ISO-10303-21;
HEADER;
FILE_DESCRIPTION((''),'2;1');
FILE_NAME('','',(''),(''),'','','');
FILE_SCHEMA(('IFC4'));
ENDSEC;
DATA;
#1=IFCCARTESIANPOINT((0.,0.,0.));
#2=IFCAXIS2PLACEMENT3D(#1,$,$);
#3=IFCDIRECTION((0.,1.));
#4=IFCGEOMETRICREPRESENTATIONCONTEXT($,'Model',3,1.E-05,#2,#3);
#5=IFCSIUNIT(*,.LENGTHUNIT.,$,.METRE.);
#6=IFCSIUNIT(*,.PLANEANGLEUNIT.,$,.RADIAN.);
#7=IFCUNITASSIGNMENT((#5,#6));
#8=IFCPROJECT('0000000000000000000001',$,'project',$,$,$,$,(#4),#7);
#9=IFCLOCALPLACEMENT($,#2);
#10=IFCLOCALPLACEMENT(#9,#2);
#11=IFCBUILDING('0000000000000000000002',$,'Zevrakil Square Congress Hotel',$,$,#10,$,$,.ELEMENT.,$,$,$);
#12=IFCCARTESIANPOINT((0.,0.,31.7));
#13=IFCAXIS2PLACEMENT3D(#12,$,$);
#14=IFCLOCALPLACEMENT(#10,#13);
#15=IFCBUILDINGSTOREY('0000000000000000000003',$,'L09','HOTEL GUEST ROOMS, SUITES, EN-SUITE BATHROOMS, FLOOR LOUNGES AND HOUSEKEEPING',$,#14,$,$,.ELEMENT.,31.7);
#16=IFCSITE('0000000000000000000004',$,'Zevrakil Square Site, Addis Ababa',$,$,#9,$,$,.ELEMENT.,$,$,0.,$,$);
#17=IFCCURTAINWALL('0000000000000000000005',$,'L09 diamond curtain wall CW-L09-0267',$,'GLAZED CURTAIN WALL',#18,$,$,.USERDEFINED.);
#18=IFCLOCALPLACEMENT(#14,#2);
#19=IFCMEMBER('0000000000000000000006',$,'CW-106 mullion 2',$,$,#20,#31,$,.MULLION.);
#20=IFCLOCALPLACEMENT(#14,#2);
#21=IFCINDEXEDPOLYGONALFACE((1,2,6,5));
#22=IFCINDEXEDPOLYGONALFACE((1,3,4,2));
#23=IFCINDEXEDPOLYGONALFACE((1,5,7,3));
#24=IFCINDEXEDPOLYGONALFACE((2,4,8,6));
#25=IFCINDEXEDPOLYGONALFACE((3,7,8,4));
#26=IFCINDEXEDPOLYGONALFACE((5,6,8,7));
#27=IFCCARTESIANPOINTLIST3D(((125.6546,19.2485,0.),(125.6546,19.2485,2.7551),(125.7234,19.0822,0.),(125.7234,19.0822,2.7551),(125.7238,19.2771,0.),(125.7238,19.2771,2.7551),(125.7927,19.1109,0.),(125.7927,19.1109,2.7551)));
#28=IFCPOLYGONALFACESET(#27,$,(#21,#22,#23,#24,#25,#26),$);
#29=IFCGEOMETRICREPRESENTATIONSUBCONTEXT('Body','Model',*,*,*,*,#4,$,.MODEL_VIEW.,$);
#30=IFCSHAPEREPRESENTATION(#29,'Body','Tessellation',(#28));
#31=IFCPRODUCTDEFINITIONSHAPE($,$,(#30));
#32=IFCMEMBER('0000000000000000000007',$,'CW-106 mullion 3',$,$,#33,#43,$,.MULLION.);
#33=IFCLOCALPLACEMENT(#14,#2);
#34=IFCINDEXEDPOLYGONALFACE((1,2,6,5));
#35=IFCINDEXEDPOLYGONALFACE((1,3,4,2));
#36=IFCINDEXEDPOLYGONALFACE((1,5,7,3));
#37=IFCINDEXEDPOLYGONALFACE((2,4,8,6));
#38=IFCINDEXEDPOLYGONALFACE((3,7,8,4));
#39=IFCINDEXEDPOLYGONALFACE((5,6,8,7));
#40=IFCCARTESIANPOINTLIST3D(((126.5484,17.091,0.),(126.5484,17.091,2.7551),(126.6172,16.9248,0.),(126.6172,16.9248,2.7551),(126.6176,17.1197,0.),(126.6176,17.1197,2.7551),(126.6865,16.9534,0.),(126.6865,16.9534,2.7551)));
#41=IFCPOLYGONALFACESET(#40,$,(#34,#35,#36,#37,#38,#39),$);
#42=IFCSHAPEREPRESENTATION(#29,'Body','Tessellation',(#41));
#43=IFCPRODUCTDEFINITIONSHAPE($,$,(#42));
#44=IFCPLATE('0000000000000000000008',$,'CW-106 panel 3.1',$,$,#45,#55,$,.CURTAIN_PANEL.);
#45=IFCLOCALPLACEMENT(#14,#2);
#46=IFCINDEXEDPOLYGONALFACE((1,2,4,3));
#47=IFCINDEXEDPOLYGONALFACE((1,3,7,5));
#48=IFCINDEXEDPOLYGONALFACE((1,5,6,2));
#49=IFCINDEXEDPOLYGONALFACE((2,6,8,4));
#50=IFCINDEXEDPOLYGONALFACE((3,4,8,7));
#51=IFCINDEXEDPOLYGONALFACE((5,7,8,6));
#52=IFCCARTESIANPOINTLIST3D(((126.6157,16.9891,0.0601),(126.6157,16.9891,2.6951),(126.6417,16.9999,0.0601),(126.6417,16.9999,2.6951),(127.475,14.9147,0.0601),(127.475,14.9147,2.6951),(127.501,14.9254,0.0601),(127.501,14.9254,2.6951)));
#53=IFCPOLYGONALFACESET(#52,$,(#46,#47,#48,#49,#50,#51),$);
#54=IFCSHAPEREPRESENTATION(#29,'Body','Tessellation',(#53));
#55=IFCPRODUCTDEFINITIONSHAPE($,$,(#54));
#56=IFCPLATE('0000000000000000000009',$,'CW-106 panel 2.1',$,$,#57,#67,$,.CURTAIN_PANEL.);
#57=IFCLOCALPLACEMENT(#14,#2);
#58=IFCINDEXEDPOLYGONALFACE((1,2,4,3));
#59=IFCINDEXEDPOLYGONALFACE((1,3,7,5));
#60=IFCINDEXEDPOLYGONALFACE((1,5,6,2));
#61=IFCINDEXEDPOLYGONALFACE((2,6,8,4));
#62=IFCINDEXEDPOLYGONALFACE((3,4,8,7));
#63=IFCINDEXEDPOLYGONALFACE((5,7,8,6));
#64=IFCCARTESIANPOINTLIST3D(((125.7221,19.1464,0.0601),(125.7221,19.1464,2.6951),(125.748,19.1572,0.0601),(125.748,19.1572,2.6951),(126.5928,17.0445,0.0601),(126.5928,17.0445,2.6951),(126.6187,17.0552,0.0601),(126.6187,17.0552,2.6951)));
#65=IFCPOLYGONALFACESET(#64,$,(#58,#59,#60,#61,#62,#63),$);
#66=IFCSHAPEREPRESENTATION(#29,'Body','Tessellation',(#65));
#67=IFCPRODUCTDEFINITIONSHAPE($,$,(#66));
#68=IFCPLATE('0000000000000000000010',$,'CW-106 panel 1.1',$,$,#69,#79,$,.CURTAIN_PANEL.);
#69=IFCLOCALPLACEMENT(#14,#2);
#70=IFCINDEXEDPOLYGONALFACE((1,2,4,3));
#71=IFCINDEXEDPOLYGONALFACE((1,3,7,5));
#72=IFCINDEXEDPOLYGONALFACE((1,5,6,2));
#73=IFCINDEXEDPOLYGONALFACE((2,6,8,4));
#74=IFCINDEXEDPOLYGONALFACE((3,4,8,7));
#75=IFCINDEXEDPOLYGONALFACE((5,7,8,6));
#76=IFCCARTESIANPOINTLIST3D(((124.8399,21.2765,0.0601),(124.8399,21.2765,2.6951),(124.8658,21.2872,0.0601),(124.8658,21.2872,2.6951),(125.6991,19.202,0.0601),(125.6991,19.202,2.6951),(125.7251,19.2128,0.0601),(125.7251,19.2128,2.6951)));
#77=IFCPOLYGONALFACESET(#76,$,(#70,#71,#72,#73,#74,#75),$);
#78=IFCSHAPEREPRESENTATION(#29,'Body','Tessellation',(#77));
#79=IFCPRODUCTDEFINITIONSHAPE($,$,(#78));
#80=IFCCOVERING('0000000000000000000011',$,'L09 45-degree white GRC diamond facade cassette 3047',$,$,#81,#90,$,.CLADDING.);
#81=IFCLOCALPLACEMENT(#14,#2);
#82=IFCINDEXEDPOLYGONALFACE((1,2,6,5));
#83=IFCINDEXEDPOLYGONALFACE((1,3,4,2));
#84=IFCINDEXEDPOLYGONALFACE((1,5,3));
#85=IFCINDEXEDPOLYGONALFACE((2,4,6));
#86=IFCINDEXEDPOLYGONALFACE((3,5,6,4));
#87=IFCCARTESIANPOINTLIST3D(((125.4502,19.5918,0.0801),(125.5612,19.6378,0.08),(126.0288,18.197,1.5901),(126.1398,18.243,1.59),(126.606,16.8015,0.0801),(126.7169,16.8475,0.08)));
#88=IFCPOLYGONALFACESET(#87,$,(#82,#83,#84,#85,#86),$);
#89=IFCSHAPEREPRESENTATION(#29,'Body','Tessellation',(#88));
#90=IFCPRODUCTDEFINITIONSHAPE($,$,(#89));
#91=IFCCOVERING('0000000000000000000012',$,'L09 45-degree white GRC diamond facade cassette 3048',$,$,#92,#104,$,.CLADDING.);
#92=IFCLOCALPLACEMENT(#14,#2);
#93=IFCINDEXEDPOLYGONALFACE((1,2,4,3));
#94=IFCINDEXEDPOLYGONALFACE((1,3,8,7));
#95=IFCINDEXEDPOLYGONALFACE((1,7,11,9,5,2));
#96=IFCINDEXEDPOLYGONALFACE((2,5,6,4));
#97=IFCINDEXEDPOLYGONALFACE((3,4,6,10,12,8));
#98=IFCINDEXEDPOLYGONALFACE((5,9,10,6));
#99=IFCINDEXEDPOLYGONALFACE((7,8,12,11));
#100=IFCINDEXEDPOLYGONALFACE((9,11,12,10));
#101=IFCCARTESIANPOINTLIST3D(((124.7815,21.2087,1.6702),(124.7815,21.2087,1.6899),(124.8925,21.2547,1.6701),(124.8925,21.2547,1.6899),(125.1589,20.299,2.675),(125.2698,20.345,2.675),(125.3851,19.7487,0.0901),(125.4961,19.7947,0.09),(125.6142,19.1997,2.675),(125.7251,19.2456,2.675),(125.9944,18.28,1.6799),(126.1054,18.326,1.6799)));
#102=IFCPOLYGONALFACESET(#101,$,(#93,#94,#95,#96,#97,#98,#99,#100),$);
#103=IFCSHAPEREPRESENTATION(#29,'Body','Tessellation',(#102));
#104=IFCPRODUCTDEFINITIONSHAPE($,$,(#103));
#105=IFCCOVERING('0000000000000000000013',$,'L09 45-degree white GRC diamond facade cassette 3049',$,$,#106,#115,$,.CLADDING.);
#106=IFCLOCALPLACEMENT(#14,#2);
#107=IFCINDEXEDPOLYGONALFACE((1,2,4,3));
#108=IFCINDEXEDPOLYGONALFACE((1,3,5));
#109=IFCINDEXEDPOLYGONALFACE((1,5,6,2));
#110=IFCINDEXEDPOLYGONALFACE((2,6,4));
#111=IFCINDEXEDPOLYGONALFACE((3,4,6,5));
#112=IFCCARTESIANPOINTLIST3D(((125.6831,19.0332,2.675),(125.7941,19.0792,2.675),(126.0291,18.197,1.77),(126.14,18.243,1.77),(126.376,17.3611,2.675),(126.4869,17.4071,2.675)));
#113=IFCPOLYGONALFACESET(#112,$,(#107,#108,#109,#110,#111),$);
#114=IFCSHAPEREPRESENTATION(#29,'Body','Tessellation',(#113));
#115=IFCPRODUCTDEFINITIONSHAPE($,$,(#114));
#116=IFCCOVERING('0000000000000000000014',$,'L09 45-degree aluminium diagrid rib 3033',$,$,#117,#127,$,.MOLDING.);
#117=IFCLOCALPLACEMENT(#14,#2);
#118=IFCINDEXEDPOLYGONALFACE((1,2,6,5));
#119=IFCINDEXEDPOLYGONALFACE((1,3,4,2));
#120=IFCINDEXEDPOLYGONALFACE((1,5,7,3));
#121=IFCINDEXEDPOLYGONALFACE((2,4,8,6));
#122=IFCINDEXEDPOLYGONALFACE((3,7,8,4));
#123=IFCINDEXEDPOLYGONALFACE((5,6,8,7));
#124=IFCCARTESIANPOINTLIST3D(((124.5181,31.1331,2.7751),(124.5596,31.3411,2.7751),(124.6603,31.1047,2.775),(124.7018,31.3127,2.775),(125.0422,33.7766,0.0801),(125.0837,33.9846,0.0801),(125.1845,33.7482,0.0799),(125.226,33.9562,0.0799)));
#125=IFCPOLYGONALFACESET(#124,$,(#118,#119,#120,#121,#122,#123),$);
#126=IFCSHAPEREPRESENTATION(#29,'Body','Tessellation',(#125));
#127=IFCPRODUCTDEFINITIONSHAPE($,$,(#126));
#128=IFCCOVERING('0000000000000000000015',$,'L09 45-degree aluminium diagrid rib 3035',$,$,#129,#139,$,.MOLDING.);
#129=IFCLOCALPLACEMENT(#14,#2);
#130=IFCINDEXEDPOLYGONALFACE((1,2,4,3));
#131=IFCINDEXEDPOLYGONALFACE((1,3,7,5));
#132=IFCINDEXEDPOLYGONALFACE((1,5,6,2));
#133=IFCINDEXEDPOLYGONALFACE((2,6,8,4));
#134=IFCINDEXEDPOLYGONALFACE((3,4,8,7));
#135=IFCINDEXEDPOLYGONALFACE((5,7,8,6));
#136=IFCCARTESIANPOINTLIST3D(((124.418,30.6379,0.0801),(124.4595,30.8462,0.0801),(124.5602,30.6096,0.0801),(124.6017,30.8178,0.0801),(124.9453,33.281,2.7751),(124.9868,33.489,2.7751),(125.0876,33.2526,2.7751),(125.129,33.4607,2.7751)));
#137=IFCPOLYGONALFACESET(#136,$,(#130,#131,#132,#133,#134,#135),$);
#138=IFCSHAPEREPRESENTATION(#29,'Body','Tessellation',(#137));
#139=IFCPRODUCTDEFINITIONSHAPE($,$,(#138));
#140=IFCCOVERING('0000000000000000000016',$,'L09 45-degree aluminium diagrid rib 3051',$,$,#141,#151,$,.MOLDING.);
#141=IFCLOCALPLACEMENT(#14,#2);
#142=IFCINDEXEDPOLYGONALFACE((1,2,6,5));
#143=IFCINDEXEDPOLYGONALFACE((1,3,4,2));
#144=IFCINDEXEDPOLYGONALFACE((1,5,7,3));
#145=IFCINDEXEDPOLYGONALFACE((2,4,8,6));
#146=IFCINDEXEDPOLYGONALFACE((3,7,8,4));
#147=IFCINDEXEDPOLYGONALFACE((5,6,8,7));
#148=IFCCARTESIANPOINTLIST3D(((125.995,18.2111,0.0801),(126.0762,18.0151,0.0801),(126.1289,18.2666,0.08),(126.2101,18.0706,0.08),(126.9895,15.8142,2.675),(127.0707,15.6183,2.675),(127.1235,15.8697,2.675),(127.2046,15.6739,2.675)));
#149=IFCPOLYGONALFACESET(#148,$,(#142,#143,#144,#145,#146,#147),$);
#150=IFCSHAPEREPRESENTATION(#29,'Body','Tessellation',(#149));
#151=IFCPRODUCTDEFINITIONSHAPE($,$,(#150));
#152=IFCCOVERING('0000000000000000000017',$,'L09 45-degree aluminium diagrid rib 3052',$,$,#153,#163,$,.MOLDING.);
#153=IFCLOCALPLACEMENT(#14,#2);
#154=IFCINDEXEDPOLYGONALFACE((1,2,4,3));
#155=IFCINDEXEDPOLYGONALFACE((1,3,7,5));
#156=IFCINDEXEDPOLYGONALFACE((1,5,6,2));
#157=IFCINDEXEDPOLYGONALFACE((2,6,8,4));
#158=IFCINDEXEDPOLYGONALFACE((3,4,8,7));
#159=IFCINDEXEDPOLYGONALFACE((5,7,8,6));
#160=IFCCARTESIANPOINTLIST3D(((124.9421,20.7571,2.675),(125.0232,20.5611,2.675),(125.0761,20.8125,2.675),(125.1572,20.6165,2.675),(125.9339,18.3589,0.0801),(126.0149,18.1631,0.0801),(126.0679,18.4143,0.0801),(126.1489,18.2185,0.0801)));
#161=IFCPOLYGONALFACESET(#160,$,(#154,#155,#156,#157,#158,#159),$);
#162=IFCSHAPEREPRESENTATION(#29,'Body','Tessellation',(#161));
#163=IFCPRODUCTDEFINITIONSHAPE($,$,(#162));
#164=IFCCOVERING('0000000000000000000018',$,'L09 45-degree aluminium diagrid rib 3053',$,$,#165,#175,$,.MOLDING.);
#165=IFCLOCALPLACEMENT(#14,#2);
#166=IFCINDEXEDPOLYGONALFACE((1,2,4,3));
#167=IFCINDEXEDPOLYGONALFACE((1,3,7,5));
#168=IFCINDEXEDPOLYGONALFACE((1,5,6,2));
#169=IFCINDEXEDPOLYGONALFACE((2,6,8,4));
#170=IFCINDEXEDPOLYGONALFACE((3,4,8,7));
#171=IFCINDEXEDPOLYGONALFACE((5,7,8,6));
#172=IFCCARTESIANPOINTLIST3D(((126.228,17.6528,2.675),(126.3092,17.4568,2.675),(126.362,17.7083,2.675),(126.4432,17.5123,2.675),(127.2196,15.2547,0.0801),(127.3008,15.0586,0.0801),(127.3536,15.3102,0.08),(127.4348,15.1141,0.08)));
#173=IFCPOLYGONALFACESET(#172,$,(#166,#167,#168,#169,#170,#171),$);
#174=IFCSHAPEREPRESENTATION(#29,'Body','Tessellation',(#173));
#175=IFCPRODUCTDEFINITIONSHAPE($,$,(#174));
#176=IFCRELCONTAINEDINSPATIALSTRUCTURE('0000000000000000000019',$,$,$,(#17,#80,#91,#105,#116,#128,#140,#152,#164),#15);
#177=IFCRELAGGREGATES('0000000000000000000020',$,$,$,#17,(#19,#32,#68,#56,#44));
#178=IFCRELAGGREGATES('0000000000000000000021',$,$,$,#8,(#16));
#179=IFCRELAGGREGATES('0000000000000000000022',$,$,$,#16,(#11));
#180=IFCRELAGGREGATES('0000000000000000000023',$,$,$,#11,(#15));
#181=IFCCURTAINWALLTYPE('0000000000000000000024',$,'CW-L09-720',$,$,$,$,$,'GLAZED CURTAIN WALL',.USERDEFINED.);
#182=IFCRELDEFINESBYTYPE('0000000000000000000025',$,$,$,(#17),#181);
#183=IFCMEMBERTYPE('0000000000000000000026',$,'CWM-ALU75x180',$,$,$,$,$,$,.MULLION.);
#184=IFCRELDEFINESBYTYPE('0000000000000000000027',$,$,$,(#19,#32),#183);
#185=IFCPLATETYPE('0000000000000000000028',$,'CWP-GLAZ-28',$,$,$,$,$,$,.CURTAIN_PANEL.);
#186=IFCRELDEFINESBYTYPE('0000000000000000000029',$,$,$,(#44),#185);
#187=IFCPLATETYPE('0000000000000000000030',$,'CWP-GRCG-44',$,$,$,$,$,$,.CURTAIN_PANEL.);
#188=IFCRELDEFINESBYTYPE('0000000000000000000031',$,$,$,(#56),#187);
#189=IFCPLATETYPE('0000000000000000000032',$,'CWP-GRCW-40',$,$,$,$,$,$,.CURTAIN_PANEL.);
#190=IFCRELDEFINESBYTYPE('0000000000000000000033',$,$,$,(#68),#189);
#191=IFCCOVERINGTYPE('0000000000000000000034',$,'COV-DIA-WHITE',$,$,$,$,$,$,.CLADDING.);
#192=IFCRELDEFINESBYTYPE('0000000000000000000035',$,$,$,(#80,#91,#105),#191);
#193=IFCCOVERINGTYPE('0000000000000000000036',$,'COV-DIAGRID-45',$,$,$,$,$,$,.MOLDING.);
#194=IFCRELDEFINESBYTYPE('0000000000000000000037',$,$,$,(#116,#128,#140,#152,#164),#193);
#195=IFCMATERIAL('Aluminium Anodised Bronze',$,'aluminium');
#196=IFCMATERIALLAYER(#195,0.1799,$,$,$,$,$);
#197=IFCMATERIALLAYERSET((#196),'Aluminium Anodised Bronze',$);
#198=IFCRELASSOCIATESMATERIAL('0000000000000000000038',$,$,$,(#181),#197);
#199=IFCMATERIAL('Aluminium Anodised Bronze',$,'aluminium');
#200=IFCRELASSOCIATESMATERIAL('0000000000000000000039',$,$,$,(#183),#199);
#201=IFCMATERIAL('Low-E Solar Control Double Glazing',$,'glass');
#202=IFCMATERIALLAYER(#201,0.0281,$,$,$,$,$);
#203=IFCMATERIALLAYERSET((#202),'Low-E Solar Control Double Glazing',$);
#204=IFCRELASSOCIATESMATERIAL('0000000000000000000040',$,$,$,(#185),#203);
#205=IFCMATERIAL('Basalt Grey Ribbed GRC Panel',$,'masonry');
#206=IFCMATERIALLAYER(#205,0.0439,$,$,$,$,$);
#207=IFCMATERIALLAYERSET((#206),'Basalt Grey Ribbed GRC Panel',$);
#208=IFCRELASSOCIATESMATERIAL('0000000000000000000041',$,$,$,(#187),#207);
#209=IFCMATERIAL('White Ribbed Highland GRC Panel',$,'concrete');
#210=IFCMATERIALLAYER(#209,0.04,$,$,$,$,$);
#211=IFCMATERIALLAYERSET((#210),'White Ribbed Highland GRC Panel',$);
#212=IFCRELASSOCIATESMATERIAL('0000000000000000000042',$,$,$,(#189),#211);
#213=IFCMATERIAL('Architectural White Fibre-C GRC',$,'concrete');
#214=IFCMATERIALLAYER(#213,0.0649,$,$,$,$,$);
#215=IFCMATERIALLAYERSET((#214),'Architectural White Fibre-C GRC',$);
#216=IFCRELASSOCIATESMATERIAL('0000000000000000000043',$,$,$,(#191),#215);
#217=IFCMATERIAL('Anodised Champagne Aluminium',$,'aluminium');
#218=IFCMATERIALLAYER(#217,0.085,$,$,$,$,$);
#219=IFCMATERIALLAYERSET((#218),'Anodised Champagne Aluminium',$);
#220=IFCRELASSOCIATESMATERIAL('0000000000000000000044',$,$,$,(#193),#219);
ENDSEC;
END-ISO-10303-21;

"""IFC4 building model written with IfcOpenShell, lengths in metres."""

from ifc_helpers import new_model, si_unit, direction, frame, origin, origin_2d, place, context, subcontext, project, spatial, polyline, rectangle, outline, extrude, material, layer, layer_set, material_profile, profile_set, type_object, element, aggregate, save


model = new_model("IFC4")

# Units and contexts
model_context = context("Model", 3, precision=1e-05, world=origin(), true_north=direction((0.0, 1.0)))
body_context = subcontext(model_context, "Body", "Model", "MODEL_VIEW")
ifc_project = project(units=[si_unit("LENGTHUNIT", "METRE"), si_unit("PLANEANGLEUNIT", "RADIAN")], contexts=[model_context])

# Site, building, storey
site_placement = place(None, origin())
site = spatial("IfcSite", under=ifc_project, at=site_placement, Name="Zevrakil Square Site, Addis Ababa", CompositionType="ELEMENT", RefElevation=0.0)
building_placement = place(site_placement, origin())
building = spatial("IfcBuilding", under=site, at=building_placement, Name="Zevrakil Square Congress Hotel", CompositionType="ELEMENT")
storey_placement = place(building_placement, frame((0.0, 0.0, 31.7)))
storey = spatial("IfcBuildingStorey", under=building, at=storey_placement, Name="L09", Description="HOTEL GUEST ROOMS, SUITES, EN-SUITE BATHROOMS, FLOOR LOUNGES AND HOUSEKEEPING", CompositionType="ELEMENT", Elevation=31.7)

# Curtain wall
ifc_material_1 = material(Name="Aluminium Anodised Bronze", Category="aluminium")
ifc_layer_1 = layer(ifc_material_1, 0.1799)
ifc_layer_set_1 = layer_set([ifc_layer_1], Name="Aluminium Anodised Bronze")
curtain_wall_type = type_object("IfcCurtainWallType", Name="CW-L09-720", ElementType="GLAZED CURTAIN WALL", PredefinedType="USERDEFINED", material=ifc_layer_set_1)
curtain_wall_1_placement = place(storey_placement, origin())
curtain_wall_1 = element("IfcCurtainWall", 1, at=curtain_wall_1_placement, inside=storey, type_object=curtain_wall_type, Name="L09 diamond curtain wall CW-L09-0267", ObjectType="GLAZED CURTAIN WALL", PredefinedType="USERDEFINED")

# Members
ifc_material_2 = material(Name="Aluminium Anodised Bronze", Category="aluminium")
ifc_material_profile_1 = material_profile(ifc_material_2, rectangle(XDim=0.075, YDim=0.1799, at=origin_2d()), Name="ALU 75x180")
ifc_profile_set_1 = profile_set([ifc_material_profile_1], Name="Aluminium Anodised Bronze")
member_type_1 = type_object("IfcMemberType", Name="CWM-ALU75x180", PredefinedType="MULLION", material=ifc_profile_set_1)
member_1_placement = place(storey_placement, frame((125.7236, 19.1797, 0.0), z_axis=(0.0, 0.0, 1.0), x_axis=(0.923879, 0.382684, 0.0)))
member_1 = element("IfcMember", 2, at=member_1_placement, type_object=member_type_1, Name="CW-106 mullion 2", PredefinedType="MULLION", context=body_context, shape_type="SweptSolid", body=[
    extrude(rectangle(XDim=0.075, YDim=0.1799, at=origin_2d()), origin(), (0.0, 0.0, 1.0), 2.7551),
])
member_2_placement = place(storey_placement, frame((126.6174, 17.0222, 0.0), z_axis=(0.0, 0.0, 1.0), x_axis=(0.923879, 0.382684, 0.0)))
member_2 = element("IfcMember", 3, at=member_2_placement, type_object=member_type_1, Name="CW-106 mullion 3", PredefinedType="MULLION", context=body_context, shape_type="SweptSolid", body=[
    extrude(rectangle(XDim=0.075, YDim=0.1799, at=origin_2d()), origin(), (0.0, 0.0, 1.0), 2.7551),
])

# Plates
ifc_material_3 = material(Name="Low-E Solar Control Double Glazing", Category="glass")
ifc_layer_2 = layer(ifc_material_3, 0.0281)
ifc_layer_set_2 = layer_set([ifc_layer_2], Name="Low-E Solar Control Double Glazing")
plate_type_1 = type_object("IfcPlateType", Name="CWP-GLAZ-28", PredefinedType="CURTAIN_PANEL", material=ifc_layer_set_2)
plate_1_placement = place(storey_placement, frame((127.0583, 15.9573, 0.0601), z_axis=(0.0, 0.0, 1.0), x_axis=(0.382684, -0.923879, 0.0)))
plate_1 = element("IfcPlate", 4, at=plate_1_placement, type_object=plate_type_1, Name="CW-106 panel 3.1", PredefinedType="CURTAIN_PANEL", context=body_context, shape_type="SweptSolid", body=[
    extrude(rectangle(XDim=2.2454, YDim=0.0281, at=origin_2d()), origin(), (0.0, 0.0, 1.0), 2.635),
])
ifc_material_4 = material(Name="Basalt Grey Ribbed GRC Panel", Category="masonry")
ifc_layer_3 = layer(ifc_material_4, 0.0439)
ifc_layer_set_3 = layer_set([ifc_layer_3], Name="Basalt Grey Ribbed GRC Panel")
plate_type_2 = type_object("IfcPlateType", Name="CWP-GRCG-44", PredefinedType="CURTAIN_PANEL", material=ifc_layer_set_3)
plate_2_placement = place(storey_placement, frame((126.1704, 18.1008, 0.0601), z_axis=(0.0, 0.0, 1.0), x_axis=(0.382684, -0.923879, 0.0)))
plate_2 = element("IfcPlate", 5, at=plate_2_placement, type_object=plate_type_2, Name="CW-106 panel 2.1", PredefinedType="CURTAIN_PANEL", context=body_context, shape_type="SweptSolid", body=[
    extrude(rectangle(XDim=2.2751, YDim=0.0281, at=origin_2d()), origin(), (0.0, 0.0, 1.0), 2.635),
])
ifc_material_5 = material(Name="White Ribbed Highland GRC Panel", Category="concrete")
ifc_layer_4 = layer(ifc_material_5, 0.04)
ifc_layer_set_4 = layer_set([ifc_layer_4], Name="White Ribbed Highland GRC Panel")
plate_type_3 = type_object("IfcPlateType", Name="CWP-GRCW-40", PredefinedType="CURTAIN_PANEL", material=ifc_layer_set_4)
plate_3_placement = place(storey_placement, frame((125.2825, 20.2446, 0.0601), z_axis=(0.0, 0.0, 1.0), x_axis=(0.382684, -0.923879, 0.0)))
plate_3 = element("IfcPlate", 6, at=plate_3_placement, type_object=plate_type_3, Name="CW-106 panel 1.1", PredefinedType="CURTAIN_PANEL", context=body_context, shape_type="SweptSolid", body=[
    extrude(rectangle(XDim=2.2454, YDim=0.0281, at=origin_2d()), origin(), (0.0, 0.0, 1.0), 2.635),
])
aggregate(curtain_wall_1, [member_1, member_2, plate_3, plate_2, plate_1])

# Coverings
ifc_material_6 = material(Name="Architectural White Fibre-C GRC", Category="concrete")
ifc_layer_5 = layer(ifc_material_6, 0.0649)
ifc_layer_set_5 = layer_set([ifc_layer_5], Name="Architectural White Fibre-C GRC")
covering_type_1 = type_object("IfcCoveringType", Name="COV-DIA-WHITE", PredefinedType="CLADDING", material=ifc_layer_set_5)
covering_1_placement = place(storey_placement, frame((126.0288, 18.197, 1.5901), z_axis=(-0.923881, -0.38268, 0.000541), x_axis=(0.270255, -0.653458, -0.707075)))
element("IfcCovering", 7, at=covering_1_placement, inside=storey, type_object=covering_type_1, Name="L09 45-degree white GRC diamond facade cassette 3047", PredefinedType="CLADDING", context=body_context, shape_type="SweptSolid", body=[
    extrude(outline(polyline([(0.0, 0.0), (2.1356, 0.0), (-0.0001, -2.1355), (0.0, 0.0)])), origin(), (0.0, 0.0, -1.0), 0.1201),
])
covering_2_placement = place(storey_placement, frame((125.9944, 18.28, 1.6799), z_axis=(-0.923903, -0.382627, 0.000582), x_axis=(-0.270956, 0.653183, -0.70706)))
element("IfcCovering", 8, at=covering_2_placement, inside=storey, type_object=covering_type_1, Name="L09 45-degree white GRC diamond facade cassette 3048", PredefinedType="CLADDING", context=body_context, shape_type="SweptSolid", body=[
    extrude(outline(polyline([(0.0, 0.0), (2.2485, 0.0), (2.2485, -2.2344), (2.2345, -2.2484), (0.8416, -2.2487), (0.0001, -1.4073), (0.0, 0.0)])), origin(), (0.0, 0.0, -1.0), 0.1201),
])
covering_3_placement = place(storey_placement, frame((126.0291, 18.197, 1.77), z_axis=(-0.923829, -0.382804, 0.00055), x_axis=(-0.270308, 0.653355, 0.70715)))
element("IfcCovering", 9, at=covering_3_placement, inside=storey, type_object=covering_type_1, Name="L09 45-degree white GRC diamond facade cassette 3049", PredefinedType="CLADDING", context=body_context, shape_type="SweptSolid", body=[
    extrude(outline(polyline([(0.0, 0.0), (1.2798, 0.0), (0.0001, -1.2799), (0.0, 0.0)])), origin(), (0.0, 0.0, -1.0), 0.1201),
])
ifc_material_7 = material(Name="Anodised Champagne Aluminium", Category="aluminium")
ifc_layer_6 = layer(ifc_material_7, 0.085)
ifc_layer_set_6 = layer_set([ifc_layer_6], Name="Anodised Champagne Aluminium")
covering_type_2 = type_object("IfcCoveringType", Name="COV-DIAGRID-45", PredefinedType="MOLDING", material=ifc_layer_set_6)
covering_4_placement = place(storey_placement, frame((125.0422, 33.7766, 0.0801), z_axis=(-0.980668, 0.195673, 0.001201), x_axis=(0.195673, 0.980669, 0.0)))
element("IfcCovering", 10, at=covering_4_placement, inside=storey, type_object=covering_type_2, Name="L09 45-degree aluminium diagrid rib 3033", PredefinedType="MOLDING", context=body_context, shape_type="SweptSolid", body=[
    extrude(outline(polyline([(0.0, 0.0), (0.2121, 0.0), (-2.4829, -2.6951), (-2.695, -2.6951), (0.0, 0.0)])), origin(), (0.0, 0.0, -1.0), 0.145),
])
covering_5_placement = place(storey_placement, frame((124.9868, 33.489, 2.7751), z_axis=(-0.980691, 0.195563, 0.000111), x_axis=(-0.195563, -0.980691, 0.0)))
element("IfcCovering", 11, at=covering_5_placement, inside=storey, type_object=covering_type_2, Name="L09 45-degree aluminium diagrid rib 3035", PredefinedType="MOLDING", context=body_context, shape_type="SweptSolid", body=[
    extrude(outline(polyline([(0.0, 0.0), (0.2121, 0.0), (2.9073, -2.6951), (2.6949, -2.6951), (0.0, 0.0)])), origin(), (0.0, 0.0, -1.0), 0.145),
])
covering_6_placement = place(storey_placement, frame((126.0762, 18.0151, 0.0801), z_axis=(-0.923841, -0.382775, 0.000505), x_axis=(-0.382775, 0.923841, 0.0)))
element("IfcCovering", 12, at=covering_6_placement, inside=storey, type_object=covering_type_2, Name="L09 45-degree aluminium diagrid rib 3051", PredefinedType="MOLDING", context=body_context, shape_type="SweptSolid", body=[
    extrude(outline(polyline([(0.0, 0.0), (0.2121, 0.0), (-2.3829, -2.595), (-2.5949, -2.595), (0.0, 0.0)])), origin(), (0.0, 0.0, -1.0), 0.145),
])
covering_7_placement = place(storey_placement, frame((124.9421, 20.7571, 2.675), z_axis=(-0.924045, -0.382284, 0.000142), x_axis=(0.382284, -0.924045, 0.0)))
element("IfcCovering", 13, at=covering_7_placement, inside=storey, type_object=covering_type_2, Name="L09 45-degree aluminium diagrid rib 3052", PredefinedType="MOLDING", context=body_context, shape_type="SweptSolid", body=[
    extrude(outline(polyline([(0.0, 0.0), (0.2121, 0.0), (2.8071, -2.595), (2.5951, -2.595), (0.0, 0.0)])), origin(), (0.0, 0.0, -1.0), 0.145),
])
covering_8_placement = place(storey_placement, frame((126.228, 17.6528, 2.675), z_axis=(-0.923926, -0.382572, 0.000516), x_axis=(0.382572, -0.923926, 0.0)))
element("IfcCovering", 14, at=covering_8_placement, inside=storey, type_object=covering_type_2, Name="L09 45-degree aluminium diagrid rib 3053", PredefinedType="MOLDING", context=body_context, shape_type="SweptSolid", body=[
    extrude(outline(polyline([(0.0, 0.0), (0.2121, 0.0), (2.8073, -2.595), (2.5951, -2.595), (0.0, 0.0)])), origin(), (0.0, 0.0, -1.0), 0.145),
])

save(model, "model.ifc")
